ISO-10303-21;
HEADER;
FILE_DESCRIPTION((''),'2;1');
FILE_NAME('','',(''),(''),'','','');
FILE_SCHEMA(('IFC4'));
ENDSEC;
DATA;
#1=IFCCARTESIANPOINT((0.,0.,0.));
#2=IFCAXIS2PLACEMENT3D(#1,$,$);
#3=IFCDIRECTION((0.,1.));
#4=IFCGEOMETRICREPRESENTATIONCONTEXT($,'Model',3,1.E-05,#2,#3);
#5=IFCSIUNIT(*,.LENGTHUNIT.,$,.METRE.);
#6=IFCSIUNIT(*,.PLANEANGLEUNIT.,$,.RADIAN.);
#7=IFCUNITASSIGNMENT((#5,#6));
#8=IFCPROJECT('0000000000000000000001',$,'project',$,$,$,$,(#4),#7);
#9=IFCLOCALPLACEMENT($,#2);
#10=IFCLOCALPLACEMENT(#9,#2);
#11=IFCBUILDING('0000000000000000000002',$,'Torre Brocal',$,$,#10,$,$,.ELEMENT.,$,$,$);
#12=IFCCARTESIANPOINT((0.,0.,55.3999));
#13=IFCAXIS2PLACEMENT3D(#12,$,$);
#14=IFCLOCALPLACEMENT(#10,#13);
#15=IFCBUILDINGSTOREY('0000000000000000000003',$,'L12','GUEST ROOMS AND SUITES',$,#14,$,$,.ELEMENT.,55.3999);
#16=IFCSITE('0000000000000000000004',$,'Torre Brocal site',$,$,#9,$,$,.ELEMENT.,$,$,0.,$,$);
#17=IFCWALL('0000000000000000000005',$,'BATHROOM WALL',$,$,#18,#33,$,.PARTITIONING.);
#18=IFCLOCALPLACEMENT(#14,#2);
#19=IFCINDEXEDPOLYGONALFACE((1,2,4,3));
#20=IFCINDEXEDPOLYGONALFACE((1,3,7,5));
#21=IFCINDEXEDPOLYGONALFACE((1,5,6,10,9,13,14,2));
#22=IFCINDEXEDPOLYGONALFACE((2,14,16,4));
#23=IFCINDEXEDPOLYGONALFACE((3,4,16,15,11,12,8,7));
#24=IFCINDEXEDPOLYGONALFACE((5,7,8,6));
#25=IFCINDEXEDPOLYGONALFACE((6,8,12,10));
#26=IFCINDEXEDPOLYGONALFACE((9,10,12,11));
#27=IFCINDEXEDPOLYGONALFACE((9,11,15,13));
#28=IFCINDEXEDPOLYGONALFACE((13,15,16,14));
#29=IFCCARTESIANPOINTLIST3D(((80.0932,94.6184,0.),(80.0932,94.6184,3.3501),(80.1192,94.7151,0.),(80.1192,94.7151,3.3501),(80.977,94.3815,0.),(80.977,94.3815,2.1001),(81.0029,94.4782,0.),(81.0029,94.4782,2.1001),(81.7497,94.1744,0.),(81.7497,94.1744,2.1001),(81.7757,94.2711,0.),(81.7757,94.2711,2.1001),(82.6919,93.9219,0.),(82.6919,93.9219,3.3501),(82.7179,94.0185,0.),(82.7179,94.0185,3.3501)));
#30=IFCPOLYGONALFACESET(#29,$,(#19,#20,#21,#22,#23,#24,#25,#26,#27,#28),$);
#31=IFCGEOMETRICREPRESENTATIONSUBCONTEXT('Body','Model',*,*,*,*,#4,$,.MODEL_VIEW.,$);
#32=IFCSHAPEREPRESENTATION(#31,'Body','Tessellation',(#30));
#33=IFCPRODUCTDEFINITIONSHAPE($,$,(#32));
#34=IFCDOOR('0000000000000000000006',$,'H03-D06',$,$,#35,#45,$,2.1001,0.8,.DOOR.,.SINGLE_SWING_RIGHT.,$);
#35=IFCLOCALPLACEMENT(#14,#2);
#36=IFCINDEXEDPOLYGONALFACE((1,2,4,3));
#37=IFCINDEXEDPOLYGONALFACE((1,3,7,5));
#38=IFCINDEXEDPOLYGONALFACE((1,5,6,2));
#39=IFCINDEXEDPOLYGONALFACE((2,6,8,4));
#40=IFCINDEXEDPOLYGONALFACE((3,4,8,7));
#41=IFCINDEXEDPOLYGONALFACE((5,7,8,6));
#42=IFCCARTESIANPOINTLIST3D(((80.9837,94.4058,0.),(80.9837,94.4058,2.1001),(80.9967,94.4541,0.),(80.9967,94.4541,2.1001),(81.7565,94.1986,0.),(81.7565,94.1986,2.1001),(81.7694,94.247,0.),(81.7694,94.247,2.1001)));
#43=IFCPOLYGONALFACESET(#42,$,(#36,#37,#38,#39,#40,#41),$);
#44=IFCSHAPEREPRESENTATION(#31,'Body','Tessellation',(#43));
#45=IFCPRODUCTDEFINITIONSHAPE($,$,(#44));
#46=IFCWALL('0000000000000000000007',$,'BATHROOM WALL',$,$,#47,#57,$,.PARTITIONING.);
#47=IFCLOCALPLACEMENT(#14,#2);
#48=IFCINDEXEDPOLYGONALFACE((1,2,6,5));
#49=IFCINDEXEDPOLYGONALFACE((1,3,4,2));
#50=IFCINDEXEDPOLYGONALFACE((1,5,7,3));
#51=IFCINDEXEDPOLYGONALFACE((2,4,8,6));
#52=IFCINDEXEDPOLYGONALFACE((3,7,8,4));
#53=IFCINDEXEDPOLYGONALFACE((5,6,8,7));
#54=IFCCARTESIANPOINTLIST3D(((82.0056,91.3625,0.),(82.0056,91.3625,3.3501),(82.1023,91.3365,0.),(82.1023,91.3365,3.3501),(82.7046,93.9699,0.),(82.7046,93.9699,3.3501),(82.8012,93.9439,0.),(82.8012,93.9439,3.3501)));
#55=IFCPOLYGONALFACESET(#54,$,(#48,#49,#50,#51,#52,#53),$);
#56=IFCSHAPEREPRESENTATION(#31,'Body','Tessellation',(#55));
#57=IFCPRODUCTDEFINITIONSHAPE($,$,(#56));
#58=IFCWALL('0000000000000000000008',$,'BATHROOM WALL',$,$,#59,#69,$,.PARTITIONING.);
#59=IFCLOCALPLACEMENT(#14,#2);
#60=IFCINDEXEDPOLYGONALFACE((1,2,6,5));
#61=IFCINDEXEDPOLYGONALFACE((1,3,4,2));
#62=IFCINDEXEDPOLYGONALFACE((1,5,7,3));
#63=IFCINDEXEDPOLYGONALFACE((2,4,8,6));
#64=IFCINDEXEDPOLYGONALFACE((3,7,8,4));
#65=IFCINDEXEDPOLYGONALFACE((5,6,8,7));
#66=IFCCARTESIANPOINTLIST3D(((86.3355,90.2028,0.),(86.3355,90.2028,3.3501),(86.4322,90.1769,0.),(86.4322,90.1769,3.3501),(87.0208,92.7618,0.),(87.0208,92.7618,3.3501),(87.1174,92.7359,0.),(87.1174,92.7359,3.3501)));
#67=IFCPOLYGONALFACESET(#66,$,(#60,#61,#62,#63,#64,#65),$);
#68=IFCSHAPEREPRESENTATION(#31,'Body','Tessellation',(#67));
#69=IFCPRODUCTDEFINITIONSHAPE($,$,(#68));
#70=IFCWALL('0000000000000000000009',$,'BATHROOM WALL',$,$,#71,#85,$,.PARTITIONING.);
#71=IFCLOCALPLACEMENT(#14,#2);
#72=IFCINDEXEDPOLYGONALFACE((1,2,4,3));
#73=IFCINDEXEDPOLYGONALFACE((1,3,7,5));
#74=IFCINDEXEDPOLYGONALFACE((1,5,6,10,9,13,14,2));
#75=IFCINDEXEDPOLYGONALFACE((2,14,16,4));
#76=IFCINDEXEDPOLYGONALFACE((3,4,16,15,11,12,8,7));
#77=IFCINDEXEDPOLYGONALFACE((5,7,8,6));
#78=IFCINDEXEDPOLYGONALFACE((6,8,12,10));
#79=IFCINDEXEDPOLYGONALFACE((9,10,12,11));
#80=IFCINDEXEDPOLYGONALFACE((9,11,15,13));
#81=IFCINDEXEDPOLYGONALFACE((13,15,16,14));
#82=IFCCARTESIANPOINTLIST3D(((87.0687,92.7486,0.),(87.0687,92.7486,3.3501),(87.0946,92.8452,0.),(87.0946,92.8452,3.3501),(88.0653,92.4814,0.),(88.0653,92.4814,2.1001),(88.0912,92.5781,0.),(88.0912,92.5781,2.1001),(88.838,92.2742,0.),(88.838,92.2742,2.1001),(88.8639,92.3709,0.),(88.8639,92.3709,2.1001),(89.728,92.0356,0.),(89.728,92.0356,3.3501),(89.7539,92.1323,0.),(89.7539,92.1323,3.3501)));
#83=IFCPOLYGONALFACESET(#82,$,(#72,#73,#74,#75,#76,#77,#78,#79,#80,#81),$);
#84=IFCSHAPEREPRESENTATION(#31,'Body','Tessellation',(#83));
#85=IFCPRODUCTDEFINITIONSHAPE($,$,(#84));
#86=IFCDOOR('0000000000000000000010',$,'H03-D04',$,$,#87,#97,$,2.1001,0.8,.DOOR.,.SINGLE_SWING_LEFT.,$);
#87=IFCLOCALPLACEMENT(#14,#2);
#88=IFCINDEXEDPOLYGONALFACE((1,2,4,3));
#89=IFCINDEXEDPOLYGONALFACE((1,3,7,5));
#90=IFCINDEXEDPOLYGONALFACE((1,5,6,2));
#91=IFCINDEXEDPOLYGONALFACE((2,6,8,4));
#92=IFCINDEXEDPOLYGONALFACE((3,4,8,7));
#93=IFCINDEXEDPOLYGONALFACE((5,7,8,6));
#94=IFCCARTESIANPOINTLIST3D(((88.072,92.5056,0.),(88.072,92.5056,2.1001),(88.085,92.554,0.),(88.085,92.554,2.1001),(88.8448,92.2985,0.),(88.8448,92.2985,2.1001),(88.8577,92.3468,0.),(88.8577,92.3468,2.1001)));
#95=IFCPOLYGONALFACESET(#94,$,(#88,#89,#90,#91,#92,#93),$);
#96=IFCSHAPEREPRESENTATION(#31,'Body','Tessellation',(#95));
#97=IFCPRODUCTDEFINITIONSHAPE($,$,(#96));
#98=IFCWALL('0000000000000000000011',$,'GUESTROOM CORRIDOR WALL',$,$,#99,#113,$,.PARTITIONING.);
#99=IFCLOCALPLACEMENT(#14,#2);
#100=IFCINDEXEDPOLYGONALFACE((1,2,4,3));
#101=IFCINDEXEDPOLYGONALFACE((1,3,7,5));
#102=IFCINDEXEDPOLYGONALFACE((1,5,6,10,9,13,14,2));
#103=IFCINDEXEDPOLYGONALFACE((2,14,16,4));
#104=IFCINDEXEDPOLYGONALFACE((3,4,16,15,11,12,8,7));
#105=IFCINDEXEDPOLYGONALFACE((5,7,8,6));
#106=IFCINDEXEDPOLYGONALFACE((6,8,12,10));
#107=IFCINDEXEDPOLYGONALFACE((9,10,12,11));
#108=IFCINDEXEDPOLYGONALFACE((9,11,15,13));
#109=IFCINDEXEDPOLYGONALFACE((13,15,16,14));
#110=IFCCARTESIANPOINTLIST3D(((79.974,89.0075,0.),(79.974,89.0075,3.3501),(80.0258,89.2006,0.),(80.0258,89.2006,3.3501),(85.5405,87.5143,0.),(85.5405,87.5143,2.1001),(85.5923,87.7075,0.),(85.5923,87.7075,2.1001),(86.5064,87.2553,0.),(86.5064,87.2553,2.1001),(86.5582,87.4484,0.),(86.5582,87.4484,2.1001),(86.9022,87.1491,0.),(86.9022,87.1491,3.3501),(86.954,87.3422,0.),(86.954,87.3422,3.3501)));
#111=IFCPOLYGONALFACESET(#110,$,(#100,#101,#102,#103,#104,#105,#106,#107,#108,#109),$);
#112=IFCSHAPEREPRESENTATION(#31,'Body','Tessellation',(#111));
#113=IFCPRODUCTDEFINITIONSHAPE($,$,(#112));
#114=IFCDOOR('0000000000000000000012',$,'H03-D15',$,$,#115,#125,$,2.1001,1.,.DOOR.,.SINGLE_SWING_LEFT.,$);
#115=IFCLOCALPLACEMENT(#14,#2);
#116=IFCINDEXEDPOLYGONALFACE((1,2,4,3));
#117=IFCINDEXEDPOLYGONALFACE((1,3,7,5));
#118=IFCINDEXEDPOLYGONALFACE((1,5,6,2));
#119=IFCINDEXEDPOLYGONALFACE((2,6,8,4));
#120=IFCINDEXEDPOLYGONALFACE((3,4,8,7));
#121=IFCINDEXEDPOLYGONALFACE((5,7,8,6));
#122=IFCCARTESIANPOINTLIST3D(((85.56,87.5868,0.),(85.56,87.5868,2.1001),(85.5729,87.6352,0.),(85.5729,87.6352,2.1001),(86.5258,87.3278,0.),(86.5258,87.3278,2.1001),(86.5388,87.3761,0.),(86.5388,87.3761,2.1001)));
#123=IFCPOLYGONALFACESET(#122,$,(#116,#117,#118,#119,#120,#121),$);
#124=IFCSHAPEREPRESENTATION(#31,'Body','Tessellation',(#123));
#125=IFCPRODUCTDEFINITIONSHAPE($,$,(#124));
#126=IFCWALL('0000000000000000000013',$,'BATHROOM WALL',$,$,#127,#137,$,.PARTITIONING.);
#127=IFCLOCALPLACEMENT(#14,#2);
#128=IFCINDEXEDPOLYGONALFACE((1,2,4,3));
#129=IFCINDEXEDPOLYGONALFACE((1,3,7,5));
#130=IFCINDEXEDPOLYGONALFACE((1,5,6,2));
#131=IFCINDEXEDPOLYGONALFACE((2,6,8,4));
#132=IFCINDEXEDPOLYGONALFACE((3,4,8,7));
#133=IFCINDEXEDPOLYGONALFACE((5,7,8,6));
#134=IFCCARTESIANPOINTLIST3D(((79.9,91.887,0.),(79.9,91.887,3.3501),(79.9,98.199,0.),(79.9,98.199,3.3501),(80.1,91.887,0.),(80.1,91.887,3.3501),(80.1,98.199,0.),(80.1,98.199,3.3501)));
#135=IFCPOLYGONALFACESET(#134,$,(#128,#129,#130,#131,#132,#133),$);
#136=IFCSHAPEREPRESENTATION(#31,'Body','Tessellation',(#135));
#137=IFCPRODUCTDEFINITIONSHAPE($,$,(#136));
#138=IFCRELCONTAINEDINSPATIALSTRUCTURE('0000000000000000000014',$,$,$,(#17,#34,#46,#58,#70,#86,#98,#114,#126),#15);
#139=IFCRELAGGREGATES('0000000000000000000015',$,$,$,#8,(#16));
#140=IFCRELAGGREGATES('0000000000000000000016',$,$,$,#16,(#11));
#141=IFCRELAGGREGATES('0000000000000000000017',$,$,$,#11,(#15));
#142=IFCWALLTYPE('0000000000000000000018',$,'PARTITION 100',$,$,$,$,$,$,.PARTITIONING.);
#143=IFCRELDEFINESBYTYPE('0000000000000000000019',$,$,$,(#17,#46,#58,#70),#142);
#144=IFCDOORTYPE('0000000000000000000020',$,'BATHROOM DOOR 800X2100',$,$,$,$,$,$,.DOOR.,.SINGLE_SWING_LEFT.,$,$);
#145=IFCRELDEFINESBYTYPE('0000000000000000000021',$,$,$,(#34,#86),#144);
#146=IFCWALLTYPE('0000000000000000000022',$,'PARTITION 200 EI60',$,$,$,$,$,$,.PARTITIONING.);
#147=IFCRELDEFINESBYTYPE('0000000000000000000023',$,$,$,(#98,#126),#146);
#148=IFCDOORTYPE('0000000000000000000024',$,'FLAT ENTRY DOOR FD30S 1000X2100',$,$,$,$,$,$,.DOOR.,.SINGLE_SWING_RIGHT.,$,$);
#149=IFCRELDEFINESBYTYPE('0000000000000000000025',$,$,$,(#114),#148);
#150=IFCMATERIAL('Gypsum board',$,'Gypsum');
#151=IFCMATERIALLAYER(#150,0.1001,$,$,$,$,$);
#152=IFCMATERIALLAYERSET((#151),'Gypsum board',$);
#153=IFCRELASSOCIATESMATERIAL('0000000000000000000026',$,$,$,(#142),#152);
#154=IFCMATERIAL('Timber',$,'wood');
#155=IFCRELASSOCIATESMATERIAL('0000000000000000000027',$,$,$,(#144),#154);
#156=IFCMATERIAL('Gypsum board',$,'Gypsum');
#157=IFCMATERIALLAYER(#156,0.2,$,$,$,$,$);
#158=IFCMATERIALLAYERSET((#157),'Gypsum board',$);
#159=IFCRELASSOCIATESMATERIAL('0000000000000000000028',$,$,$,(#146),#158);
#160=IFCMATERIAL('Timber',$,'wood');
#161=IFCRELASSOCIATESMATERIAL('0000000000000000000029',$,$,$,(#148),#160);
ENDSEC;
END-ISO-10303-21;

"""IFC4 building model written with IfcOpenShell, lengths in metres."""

from ifc_helpers import new_model, si_unit, direction, frame, frame_2d, origin, place, context, subcontext, project, spatial, rectangle, extrude, material, layer, layer_set, type_object, element, fill, save


model = new_model("IFC4")

# Units and contexts
model_context = context("Model", 3, precision=1e-05, world=origin(), true_north=direction((0.0, 1.0)))
body_context = subcontext(model_context, "Body", "Model", "MODEL_VIEW")
ifc_project = project(units=[si_unit("LENGTHUNIT", "METRE"), si_unit("PLANEANGLEUNIT", "RADIAN")], contexts=[model_context])

# Site, building, storey
site_placement = place(None, origin())
site = spatial("IfcSite", under=ifc_project, at=site_placement, Name="Torre Brocal site", CompositionType="ELEMENT", RefElevation=0.0)
building_placement = place(site_placement, origin())
building = spatial("IfcBuilding", under=site, at=building_placement, Name="Torre Brocal", CompositionType="ELEMENT")
storey_placement = place(building_placement, frame((0.0, 0.0, 55.3999)))
storey = spatial("IfcBuildingStorey", under=building, at=storey_placement, Name="L12", Description="GUEST ROOMS AND SUITES", CompositionType="ELEMENT", Elevation=55.3999)

# Wall, opening, door
ifc_material_1 = material(Name="Gypsum board", Category="Gypsum")
ifc_layer_1 = layer(ifc_material_1, 0.1001)
ifc_layer_set_1 = layer_set([ifc_layer_1], Name="Gypsum board")
wall_type_1 = type_object("IfcWallType", Name="PARTITION 100", PredefinedType="PARTITIONING", material=ifc_layer_set_1)
wall_1_placement = place(storey_placement, frame((80.1062, 94.6667, 0.0), z_axis=(0.0, 0.0, 1.0), x_axis=(0.965904, -0.258899, 0.0)))
wall_1 = element("IfcWall", 1, at=wall_1_placement, inside=storey, type_object=wall_type_1, Name="BATHROOM WALL", PredefinedType="PARTITIONING", context=body_context, shape_type="SweptSolid", body=[
    extrude(rectangle(XDim=2.6904, YDim=0.1001, at=frame_2d((1.3452, 0.0))), origin(), (0.0, 0.0, 1.0), 3.3501),
])
opening_1_placement = place(wall_1_placement, frame((0.915, 0.0, 0.0)))
opening_1 = element("IfcOpeningElement", 2, at=opening_1_placement, cuts=wall_1, PredefinedType="OPENING", context=body_context, shape_type="SweptSolid", body=[
    extrude(rectangle(XDim=0.8, YDim=2.1001, at=frame_2d((0.3999, 1.05))), frame((0.0, 0.0601, 0.0), z_axis=(0.0, -1.0, 0.0), x_axis=(1.0, 0.0, 0.0)), (0.0, 0.0, 1.0), 0.1201),
])
ifc_material_2 = material(Name="Timber", Category="wood")
door_type_1 = type_object("IfcDoorType", Name="BATHROOM DOOR 800X2100", OperationType="SINGLE_SWING_LEFT", PredefinedType="DOOR", material=ifc_material_2)
door_1_placement = place(opening_1_placement, frame((0.8, 0.0, 0.0), z_axis=(0.0, 0.0, 1.0), x_axis=(-1.0, 0.0, 0.0)))
door_1 = element("IfcDoor", 3, at=door_1_placement, inside=storey, type_object=door_type_1, Name="H03-D06", OperationType="SINGLE_SWING_RIGHT", OverallHeight=2.1001, OverallWidth=0.8, PredefinedType="DOOR", context=body_context, shape_type="SweptSolid", body=[
    extrude(rectangle(XDim=0.8, YDim=2.1001, at=frame_2d((0.3999, 1.05))), frame((0.0, 0.0249, 0.0), z_axis=(0.0, -1.0, 0.0), x_axis=(1.0, 0.0, 0.0)), (0.0, 0.0, 1.0), 0.05),
])
fill(opening_1, door_1)

# Walls
wall_2_placement = place(storey_placement, frame((82.054, 91.3496, 0.0), z_axis=(0.0, 0.0, 1.0), x_axis=(0.258929, 0.965896, 0.0)))
element("IfcWall", 4, at=wall_2_placement, inside=storey, type_object=wall_type_1, Name="BATHROOM WALL", PredefinedType="PARTITIONING", context=body_context, shape_type="SweptSolid", body=[
    extrude(rectangle(XDim=2.6995, YDim=0.1001, at=frame_2d((1.3496, 0.0))), origin(), (0.0, 0.0, 1.0), 3.3501),
])
wall_3_placement = place(storey_placement, frame((86.3838, 90.1897, 0.0), z_axis=(0.0, 0.0, 1.0), x_axis=(0.258678, 0.965964, 0.0)))
element("IfcWall", 5, at=wall_3_placement, inside=storey, type_object=wall_type_1, Name="BATHROOM WALL", PredefinedType="PARTITIONING", context=body_context, shape_type="SweptSolid", body=[
    extrude(rectangle(XDim=2.6492, YDim=0.1001, at=frame_2d((1.3247, 0.0))), origin(), (0.0, 0.0, 1.0), 3.3501),
])

# Walls, openings, doors
wall_4_placement = place(storey_placement, frame((87.0818, 92.7969, 0.0), z_axis=(0.0, 0.0, 1.0), x_axis=(0.965893, -0.258943, 0.0)))
wall_4 = element("IfcWall", 6, at=wall_4_placement, inside=storey, type_object=wall_type_1, Name="BATHROOM WALL", PredefinedType="PARTITIONING", context=body_context, shape_type="SweptSolid", body=[
    extrude(rectangle(XDim=2.7532, YDim=0.1001, at=frame_2d((1.3765, 0.0))), origin(), (0.0, 0.0, 1.0), 3.3501),
])
opening_2_placement = place(wall_4_placement, frame((1.0317, 0.0, 0.0)))
opening_2 = element("IfcOpeningElement", 7, at=opening_2_placement, cuts=wall_4, PredefinedType="OPENING", context=body_context, shape_type="SweptSolid", body=[
    extrude(rectangle(XDim=0.8, YDim=2.1001, at=frame_2d((0.3999, 1.05))), frame((0.0, 0.0601, 0.0), z_axis=(0.0, -1.0, 0.0), x_axis=(1.0, 0.0, 0.0)), (0.0, 0.0, 1.0), 0.1201),
])
door_2_placement = place(opening_2_placement, frame((0.8, 0.0, 0.0), z_axis=(0.0, 0.0, 1.0), x_axis=(-1.0, 0.0, 0.0)))
door_2 = element("IfcDoor", 8, at=door_2_placement, inside=storey, type_object=door_type_1, Name="H03-D04", OperationType="SINGLE_SWING_LEFT", OverallHeight=2.1001, OverallWidth=0.8, PredefinedType="DOOR", context=body_context, shape_type="SweptSolid", body=[
    extrude(rectangle(XDim=0.8, YDim=2.1001, at=frame_2d((0.3999, 1.05))), frame((0.0, 0.0249, 0.0), z_axis=(0.0, -1.0, 0.0), x_axis=(1.0, 0.0, 0.0)), (0.0, 0.0, 1.0), 0.05),
])
fill(opening_2, door_2)
ifc_material_3 = material(Name="Gypsum board", Category="Gypsum")
ifc_layer_2 = layer(ifc_material_3, 0.2)
ifc_layer_set_2 = layer_set([ifc_layer_2], Name="Gypsum board")
wall_type_2 = type_object("IfcWallType", Name="PARTITION 200 EI60", PredefinedType="PARTITIONING", material=ifc_layer_set_2)
wall_5_placement = place(storey_placement, frame((80.0, 89.104, 0.0), z_axis=(0.0, 0.0, 1.0), x_axis=(0.965857, -0.259077, 0.0)))
wall_5 = element("IfcWall", 9, at=wall_5_placement, inside=storey, type_object=wall_type_2, Name="GUESTROOM CORRIDOR WALL", PredefinedType="PARTITIONING", context=body_context, shape_type="SweptSolid", body=[
    extrude(rectangle(XDim=7.1731, YDim=0.2, at=frame_2d((3.5864, 0.0))), origin(), (0.0, 0.0, 1.0), 3.3501),
])
opening_3_placement = place(wall_5_placement, frame((5.7632, 0.0, 0.0)))
opening_3 = element("IfcOpeningElement", 10, at=opening_3_placement, cuts=wall_5, PredefinedType="OPENING", context=body_context, shape_type="SweptSolid", body=[
    extrude(rectangle(XDim=1.0, YDim=2.1001, at=frame_2d((0.5, 1.05))), frame((0.0, 0.1099, 0.0), z_axis=(0.0, -1.0, 0.0), x_axis=(1.0, 0.0, 0.0)), (0.0, 0.0, 1.0), 0.22),
])
ifc_material_4 = material(Name="Timber", Category="wood")
door_type_2 = type_object("IfcDoorType", Name="FLAT ENTRY DOOR FD30S 1000X2100", OperationType="SINGLE_SWING_RIGHT", PredefinedType="DOOR", material=ifc_material_4)
door_3_placement = place(opening_3_placement, frame((1.0, 0.0, 0.0), z_axis=(0.0, 0.0, 1.0), x_axis=(-1.0, 0.0, 0.0)))
door_3 = element("IfcDoor", 11, at=door_3_placement, inside=storey, type_object=door_type_2, Name="H03-D15", OperationType="SINGLE_SWING_LEFT", OverallHeight=2.1001, OverallWidth=1.0, PredefinedType="DOOR", context=body_context, shape_type="SweptSolid", body=[
    extrude(rectangle(XDim=1.0, YDim=2.1001, at=frame_2d((0.5, 1.05))), frame((0.0, 0.0249, 0.0), z_axis=(0.0, -1.0, 0.0), x_axis=(1.0, 0.0, 0.0)), (0.0, 0.0, 1.0), 0.05),
])
fill(opening_3, door_3)

# Wall
wall_6_placement = place(storey_placement, frame((80.0, 91.887, 0.0), z_axis=(0.0, 0.0, 1.0), x_axis=(0.0, 1.0, 0.0)))
element("IfcWall", 12, at=wall_6_placement, inside=storey, type_object=wall_type_2, Name="BATHROOM WALL", PredefinedType="PARTITIONING", context=body_context, shape_type="SweptSolid", body=[
    extrude(rectangle(XDim=6.312, YDim=0.2, at=frame_2d((3.156, 0.0))), origin(), (0.0, 0.0, 1.0), 3.3501),
])

save(model, "model.ifc")
